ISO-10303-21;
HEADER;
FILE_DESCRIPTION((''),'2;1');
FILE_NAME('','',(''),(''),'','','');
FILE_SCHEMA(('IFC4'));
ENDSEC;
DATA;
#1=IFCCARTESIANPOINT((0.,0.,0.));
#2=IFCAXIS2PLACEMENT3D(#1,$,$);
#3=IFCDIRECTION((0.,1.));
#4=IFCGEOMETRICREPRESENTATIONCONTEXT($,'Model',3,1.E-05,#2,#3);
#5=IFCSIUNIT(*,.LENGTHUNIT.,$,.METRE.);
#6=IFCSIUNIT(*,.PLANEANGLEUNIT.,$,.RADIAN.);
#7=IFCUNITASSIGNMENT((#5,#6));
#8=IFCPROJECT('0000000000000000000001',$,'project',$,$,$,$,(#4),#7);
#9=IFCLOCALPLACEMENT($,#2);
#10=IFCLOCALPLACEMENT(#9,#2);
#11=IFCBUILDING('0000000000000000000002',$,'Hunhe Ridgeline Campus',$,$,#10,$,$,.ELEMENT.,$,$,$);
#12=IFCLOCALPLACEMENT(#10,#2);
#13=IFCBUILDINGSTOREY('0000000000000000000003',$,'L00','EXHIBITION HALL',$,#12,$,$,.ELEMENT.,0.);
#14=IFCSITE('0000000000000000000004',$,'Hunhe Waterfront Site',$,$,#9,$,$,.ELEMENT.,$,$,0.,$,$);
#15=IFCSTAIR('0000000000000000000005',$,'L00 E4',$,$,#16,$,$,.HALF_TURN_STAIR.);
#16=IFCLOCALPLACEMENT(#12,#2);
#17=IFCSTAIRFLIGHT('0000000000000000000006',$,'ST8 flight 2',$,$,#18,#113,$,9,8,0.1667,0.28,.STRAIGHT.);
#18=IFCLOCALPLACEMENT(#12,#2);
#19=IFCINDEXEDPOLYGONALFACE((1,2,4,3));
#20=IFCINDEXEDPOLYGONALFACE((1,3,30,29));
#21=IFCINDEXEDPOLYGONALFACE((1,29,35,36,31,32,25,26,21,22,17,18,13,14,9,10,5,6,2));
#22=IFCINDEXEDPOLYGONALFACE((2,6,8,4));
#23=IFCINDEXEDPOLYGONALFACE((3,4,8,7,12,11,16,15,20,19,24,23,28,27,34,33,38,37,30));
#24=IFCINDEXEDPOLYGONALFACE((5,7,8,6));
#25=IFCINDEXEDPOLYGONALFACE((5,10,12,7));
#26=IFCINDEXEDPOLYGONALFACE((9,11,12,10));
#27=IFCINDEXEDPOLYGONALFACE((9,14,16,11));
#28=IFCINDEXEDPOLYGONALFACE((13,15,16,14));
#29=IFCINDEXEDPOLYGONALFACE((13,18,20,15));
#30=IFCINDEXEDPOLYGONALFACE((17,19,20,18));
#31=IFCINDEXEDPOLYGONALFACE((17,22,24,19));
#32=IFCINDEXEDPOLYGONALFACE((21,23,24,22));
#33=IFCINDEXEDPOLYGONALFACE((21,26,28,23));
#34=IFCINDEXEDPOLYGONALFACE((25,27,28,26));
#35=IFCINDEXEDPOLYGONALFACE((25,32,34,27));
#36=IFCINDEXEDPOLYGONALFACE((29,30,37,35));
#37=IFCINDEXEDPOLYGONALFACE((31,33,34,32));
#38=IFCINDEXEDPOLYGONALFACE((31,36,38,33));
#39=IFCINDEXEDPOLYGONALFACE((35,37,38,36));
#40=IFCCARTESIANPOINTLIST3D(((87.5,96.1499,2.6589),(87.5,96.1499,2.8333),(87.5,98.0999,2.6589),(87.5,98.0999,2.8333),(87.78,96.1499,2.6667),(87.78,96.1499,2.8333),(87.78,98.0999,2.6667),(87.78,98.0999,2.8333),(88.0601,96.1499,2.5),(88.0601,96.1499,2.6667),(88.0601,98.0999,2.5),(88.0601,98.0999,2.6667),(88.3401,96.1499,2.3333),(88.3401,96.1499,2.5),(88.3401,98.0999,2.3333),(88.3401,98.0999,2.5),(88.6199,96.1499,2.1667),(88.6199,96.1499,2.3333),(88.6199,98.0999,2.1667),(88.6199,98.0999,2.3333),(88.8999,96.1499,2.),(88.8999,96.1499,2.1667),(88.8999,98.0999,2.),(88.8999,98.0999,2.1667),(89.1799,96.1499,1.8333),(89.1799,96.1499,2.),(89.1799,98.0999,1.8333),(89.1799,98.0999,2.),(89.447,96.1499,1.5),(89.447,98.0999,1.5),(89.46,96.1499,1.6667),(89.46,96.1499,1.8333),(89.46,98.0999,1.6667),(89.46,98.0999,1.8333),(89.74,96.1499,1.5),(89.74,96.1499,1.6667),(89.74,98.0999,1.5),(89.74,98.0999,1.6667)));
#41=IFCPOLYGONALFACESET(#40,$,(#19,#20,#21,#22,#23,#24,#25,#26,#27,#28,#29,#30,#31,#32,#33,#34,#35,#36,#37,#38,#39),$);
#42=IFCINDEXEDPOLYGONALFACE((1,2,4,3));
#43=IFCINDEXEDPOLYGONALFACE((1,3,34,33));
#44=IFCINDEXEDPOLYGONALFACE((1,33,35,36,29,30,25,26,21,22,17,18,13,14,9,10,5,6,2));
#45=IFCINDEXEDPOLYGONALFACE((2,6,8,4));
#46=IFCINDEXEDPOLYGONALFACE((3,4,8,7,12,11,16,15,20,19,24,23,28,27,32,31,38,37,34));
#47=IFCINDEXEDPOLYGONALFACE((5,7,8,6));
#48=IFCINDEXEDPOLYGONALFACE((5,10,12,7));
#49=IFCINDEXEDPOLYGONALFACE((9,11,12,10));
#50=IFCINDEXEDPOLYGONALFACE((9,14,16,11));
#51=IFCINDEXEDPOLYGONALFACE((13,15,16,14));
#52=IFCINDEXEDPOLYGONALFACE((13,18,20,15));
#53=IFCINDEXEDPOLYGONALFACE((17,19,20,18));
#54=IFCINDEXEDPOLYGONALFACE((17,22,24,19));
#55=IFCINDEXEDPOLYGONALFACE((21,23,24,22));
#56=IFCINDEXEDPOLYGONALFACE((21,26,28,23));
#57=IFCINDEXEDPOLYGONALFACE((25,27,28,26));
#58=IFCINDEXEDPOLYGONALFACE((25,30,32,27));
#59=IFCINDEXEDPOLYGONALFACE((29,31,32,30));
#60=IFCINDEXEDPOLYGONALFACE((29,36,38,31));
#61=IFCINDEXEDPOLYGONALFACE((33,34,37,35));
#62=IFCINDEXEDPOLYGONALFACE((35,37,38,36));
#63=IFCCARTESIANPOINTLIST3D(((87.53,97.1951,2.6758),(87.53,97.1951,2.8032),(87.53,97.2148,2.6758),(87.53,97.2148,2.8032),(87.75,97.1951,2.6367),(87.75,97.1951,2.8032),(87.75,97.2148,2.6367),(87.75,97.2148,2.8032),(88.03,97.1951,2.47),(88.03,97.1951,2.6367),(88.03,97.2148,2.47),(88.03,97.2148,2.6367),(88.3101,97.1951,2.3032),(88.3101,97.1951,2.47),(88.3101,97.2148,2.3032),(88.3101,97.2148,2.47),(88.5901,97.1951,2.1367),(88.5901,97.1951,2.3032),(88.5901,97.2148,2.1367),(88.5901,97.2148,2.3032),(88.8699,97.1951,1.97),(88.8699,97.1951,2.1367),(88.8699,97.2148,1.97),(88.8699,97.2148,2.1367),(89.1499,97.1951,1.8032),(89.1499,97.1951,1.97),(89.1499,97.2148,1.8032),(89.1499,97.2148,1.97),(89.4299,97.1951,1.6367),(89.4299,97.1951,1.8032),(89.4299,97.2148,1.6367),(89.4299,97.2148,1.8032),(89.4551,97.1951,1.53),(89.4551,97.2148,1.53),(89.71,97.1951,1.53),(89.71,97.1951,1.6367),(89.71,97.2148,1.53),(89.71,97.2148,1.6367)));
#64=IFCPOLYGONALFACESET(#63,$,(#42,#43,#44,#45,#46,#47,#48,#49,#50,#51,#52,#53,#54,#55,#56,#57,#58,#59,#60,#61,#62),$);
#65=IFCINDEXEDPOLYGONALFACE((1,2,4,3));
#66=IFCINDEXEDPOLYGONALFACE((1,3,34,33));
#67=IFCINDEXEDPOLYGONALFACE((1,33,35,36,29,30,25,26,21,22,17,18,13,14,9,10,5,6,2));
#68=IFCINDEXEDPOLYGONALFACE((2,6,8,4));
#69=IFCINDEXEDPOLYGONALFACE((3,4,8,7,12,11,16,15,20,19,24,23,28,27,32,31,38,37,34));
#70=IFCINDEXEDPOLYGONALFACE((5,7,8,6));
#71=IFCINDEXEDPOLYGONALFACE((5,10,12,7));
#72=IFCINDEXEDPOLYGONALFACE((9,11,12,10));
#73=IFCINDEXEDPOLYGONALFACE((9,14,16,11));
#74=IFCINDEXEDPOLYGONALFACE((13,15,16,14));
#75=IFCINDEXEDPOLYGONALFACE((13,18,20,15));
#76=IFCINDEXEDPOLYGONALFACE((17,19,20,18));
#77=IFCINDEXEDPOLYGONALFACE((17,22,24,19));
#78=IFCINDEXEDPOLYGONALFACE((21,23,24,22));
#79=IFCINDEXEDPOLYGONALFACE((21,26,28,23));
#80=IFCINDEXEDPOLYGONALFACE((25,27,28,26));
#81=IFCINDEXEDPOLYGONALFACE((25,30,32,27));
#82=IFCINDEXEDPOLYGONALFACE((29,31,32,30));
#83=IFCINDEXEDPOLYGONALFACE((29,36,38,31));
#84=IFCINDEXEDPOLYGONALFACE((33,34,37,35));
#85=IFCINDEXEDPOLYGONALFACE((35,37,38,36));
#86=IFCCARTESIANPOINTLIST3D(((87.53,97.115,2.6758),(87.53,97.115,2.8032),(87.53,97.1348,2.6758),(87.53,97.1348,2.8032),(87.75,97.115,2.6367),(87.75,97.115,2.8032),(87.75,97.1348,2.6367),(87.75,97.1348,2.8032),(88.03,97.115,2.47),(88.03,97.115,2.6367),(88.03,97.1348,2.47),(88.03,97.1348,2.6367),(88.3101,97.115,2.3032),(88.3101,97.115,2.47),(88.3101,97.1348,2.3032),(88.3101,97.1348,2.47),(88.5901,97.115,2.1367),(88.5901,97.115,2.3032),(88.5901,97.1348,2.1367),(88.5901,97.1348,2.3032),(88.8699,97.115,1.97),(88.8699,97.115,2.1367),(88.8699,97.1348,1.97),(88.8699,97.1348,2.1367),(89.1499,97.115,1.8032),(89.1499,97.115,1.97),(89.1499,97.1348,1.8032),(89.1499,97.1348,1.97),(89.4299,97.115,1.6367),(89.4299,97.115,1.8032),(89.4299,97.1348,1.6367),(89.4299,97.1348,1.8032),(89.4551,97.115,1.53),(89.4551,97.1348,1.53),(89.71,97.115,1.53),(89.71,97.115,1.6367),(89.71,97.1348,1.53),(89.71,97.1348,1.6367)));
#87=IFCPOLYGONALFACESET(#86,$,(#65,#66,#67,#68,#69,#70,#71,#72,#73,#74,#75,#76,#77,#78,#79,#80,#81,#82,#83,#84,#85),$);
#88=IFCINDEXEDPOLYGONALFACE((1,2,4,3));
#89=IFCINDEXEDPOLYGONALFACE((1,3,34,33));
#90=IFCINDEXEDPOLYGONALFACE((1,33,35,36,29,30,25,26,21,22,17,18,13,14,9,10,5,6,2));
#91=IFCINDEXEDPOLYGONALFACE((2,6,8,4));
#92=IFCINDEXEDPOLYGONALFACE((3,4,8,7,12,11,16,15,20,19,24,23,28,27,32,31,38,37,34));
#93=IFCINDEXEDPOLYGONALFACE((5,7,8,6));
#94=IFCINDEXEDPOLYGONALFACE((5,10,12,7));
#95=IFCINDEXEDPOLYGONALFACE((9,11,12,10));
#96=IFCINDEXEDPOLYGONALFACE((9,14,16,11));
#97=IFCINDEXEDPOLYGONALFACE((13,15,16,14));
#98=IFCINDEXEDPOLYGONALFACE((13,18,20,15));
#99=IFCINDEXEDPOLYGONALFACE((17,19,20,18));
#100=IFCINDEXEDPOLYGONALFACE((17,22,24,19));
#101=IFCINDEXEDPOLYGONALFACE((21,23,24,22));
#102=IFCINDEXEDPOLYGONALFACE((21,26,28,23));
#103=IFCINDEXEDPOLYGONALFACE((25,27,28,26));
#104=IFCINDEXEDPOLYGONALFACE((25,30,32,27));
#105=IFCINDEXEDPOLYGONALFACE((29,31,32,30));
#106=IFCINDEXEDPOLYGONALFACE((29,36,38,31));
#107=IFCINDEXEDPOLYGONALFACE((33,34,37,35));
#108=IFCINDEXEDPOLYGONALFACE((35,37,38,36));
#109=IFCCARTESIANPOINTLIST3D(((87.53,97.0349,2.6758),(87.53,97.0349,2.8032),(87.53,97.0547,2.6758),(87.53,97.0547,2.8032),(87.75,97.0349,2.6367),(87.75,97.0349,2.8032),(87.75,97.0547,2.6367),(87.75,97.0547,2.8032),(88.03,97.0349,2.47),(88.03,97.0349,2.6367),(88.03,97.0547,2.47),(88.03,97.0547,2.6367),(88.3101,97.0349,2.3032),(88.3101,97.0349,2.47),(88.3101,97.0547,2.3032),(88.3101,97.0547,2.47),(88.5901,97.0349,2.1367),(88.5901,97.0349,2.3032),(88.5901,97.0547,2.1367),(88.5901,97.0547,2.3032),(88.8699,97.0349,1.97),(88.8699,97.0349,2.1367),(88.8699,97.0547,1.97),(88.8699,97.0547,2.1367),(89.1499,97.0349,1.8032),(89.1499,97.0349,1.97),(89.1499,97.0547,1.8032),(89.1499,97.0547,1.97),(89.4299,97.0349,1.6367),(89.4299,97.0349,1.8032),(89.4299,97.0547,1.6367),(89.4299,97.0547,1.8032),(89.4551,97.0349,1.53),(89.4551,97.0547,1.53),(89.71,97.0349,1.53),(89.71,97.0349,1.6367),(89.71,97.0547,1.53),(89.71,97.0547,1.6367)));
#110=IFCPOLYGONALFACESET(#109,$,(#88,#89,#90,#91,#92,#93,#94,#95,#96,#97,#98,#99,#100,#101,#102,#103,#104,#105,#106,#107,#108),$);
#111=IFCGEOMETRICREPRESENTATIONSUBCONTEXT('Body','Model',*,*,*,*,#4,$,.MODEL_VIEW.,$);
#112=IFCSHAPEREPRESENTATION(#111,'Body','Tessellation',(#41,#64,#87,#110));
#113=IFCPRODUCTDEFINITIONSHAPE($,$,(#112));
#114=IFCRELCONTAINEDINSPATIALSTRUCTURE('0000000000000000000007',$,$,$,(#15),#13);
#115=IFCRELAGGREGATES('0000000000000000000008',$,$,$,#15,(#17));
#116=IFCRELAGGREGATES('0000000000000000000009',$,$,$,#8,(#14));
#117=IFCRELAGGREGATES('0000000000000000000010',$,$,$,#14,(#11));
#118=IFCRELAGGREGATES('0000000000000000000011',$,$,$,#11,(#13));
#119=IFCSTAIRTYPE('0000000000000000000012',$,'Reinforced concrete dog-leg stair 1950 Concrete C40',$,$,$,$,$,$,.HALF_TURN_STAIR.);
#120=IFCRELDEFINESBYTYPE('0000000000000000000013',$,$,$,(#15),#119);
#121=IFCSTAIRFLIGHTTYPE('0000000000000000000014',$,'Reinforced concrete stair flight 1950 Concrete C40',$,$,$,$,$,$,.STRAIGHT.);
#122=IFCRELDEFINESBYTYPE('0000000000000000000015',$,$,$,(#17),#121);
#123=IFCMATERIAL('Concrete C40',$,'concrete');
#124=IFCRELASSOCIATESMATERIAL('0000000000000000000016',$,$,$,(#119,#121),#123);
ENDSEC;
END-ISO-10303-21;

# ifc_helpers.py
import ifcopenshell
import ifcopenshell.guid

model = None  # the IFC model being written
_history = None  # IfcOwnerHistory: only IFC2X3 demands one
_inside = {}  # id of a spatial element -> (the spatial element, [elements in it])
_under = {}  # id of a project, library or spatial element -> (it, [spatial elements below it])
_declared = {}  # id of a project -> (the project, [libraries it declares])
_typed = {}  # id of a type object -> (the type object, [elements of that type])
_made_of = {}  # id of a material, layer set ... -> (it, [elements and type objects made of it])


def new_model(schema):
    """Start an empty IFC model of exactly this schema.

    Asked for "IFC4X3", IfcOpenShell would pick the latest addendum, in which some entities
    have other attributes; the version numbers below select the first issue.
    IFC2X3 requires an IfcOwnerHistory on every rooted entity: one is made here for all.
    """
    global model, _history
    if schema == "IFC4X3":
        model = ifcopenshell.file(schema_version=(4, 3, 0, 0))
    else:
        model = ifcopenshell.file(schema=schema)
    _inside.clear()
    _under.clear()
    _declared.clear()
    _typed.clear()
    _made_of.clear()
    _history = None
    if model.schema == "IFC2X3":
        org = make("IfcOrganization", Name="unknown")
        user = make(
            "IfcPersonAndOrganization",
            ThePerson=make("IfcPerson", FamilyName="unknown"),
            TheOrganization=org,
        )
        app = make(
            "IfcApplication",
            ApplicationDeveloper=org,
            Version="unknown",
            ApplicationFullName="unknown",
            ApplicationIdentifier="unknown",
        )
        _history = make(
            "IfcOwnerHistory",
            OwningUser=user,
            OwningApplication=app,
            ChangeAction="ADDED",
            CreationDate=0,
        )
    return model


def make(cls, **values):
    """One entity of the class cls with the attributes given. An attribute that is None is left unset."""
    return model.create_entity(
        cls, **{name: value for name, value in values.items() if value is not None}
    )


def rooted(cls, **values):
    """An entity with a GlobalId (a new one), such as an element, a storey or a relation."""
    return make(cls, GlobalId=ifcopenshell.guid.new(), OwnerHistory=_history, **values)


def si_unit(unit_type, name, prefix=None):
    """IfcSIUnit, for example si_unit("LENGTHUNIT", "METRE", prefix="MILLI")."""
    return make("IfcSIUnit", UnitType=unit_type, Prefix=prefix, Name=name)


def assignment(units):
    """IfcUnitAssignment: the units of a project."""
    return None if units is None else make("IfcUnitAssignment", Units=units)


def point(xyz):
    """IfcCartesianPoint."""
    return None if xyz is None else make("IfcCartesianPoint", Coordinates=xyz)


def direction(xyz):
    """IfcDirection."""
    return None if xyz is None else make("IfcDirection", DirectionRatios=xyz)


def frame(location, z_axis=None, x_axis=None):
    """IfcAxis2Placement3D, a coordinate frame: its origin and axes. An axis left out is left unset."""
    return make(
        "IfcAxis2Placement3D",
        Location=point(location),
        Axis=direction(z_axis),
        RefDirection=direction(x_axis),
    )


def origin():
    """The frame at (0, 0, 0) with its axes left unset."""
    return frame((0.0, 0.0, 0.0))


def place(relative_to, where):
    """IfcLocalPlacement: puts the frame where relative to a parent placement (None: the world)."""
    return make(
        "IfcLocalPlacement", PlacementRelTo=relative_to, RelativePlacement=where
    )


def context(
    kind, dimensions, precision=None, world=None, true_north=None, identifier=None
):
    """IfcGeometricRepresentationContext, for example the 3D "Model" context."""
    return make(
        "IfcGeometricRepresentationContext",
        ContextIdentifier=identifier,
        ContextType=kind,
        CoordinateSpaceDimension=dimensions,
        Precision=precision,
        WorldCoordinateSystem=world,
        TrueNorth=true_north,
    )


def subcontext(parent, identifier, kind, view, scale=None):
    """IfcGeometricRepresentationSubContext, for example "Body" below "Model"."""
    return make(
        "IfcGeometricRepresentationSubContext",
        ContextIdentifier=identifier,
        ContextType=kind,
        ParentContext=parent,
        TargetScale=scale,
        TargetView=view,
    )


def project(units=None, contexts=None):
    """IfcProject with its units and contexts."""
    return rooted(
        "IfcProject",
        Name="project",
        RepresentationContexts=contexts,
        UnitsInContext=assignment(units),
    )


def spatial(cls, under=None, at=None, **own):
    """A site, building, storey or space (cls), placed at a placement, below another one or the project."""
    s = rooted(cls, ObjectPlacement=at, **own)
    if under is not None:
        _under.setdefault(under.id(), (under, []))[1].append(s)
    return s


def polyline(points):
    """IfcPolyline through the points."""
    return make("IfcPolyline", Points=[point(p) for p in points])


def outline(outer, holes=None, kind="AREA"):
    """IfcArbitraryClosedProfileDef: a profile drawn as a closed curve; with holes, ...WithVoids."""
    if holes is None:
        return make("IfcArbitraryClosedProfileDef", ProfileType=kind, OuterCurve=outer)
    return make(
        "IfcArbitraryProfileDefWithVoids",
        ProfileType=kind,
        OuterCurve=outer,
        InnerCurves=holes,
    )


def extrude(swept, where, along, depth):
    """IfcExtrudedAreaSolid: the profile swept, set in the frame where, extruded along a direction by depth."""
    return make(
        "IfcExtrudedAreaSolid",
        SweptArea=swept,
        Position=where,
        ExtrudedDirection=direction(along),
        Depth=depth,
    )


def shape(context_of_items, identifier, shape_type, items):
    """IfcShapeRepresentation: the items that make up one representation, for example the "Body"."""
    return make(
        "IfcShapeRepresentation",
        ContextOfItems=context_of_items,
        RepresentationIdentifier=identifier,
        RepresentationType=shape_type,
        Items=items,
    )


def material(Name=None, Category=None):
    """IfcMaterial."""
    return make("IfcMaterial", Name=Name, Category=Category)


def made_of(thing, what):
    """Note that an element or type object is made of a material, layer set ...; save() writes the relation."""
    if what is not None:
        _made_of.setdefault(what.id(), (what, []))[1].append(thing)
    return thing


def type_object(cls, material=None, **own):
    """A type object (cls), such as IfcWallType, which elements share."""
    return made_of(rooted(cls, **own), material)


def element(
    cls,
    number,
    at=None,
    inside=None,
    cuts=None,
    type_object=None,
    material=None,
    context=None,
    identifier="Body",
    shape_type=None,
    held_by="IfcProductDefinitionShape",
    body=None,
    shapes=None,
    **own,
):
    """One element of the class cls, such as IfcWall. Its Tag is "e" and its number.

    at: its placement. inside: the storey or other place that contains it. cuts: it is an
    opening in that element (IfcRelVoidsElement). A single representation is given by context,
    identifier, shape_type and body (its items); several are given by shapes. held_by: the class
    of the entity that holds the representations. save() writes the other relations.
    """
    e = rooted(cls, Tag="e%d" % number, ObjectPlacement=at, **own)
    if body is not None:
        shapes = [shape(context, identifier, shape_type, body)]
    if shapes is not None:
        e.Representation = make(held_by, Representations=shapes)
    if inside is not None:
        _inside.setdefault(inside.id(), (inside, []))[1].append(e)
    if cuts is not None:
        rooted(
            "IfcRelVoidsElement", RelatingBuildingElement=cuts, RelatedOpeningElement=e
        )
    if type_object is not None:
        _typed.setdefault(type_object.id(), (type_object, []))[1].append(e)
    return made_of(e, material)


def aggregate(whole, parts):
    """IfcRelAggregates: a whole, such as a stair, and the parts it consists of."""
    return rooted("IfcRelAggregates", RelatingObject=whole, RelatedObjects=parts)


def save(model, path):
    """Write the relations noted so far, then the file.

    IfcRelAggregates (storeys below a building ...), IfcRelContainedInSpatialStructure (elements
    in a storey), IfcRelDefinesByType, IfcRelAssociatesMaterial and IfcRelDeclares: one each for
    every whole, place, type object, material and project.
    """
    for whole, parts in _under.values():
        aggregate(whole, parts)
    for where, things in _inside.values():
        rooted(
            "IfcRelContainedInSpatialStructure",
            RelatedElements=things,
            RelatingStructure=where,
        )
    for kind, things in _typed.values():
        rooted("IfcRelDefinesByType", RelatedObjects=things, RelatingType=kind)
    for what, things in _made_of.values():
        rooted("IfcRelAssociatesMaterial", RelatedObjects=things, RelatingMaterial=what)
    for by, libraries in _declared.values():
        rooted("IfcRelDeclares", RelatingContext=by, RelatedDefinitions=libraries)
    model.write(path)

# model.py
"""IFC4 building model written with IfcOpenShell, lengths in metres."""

from ifc_helpers import new_model, si_unit, direction, frame, origin, place, context, subcontext, project, spatial, polyline, outline, extrude, material, type_object, element, aggregate, save


model = new_model("IFC4")

# Units and contexts
model_context = context("Model", 3, precision=1e-05, world=origin(), true_north=direction((0.0, 1.0)))
body_context = subcontext(model_context, "Body", "Model", "MODEL_VIEW")
ifc_project = project(units=[si_unit("LENGTHUNIT", "METRE"), si_unit("PLANEANGLEUNIT", "RADIAN")], contexts=[model_context])

# Site, building, storey
site_placement = place(None, origin())
site = spatial("IfcSite", under=ifc_project, at=site_placement, Name="Hunhe Waterfront Site", CompositionType="ELEMENT", RefElevation=0.0)
building_placement = place(site_placement, origin())
building = spatial("IfcBuilding", under=site, at=building_placement, Name="Hunhe Ridgeline Campus", CompositionType="ELEMENT")
storey_placement = place(building_placement, origin())
storey = spatial("IfcBuildingStorey", under=building, at=storey_placement, Name="L00", Description="EXHIBITION HALL", CompositionType="ELEMENT", Elevation=0.0)

# Stair, stair flight
ifc_material_1 = material(Name="Concrete C40", Category="concrete")
stair_type = type_object("IfcStairType", Name="Reinforced concrete dog-leg stair 1950 Concrete C40", PredefinedType="HALF_TURN_STAIR", material=ifc_material_1)
stair_placement = place(storey_placement, origin())
stair = element("IfcStair", 1, at=stair_placement, inside=storey, type_object=stair_type, Name="L00 E4", PredefinedType="HALF_TURN_STAIR")
stair_flight_type = type_object("IfcStairFlightType", Name="Reinforced concrete stair flight 1950 Concrete C40", PredefinedType="STRAIGHT", material=ifc_material_1)
stair_flight_1_placement = place(storey_placement, frame((89.74, 97.125, 1.5), z_axis=(0.0, 0.0, 1.0), x_axis=(-1.0, 0.0, 0.0)))
stair_flight_1 = element("IfcStairFlight", 2, at=stair_flight_1_placement, type_object=stair_flight_type, Name="ST8 flight 2", NumberOfRisers=9, NumberOfTreads=8, PredefinedType="STRAIGHT", RiserHeight=0.1667, TreadLength=0.28, context=body_context, shape_type="SweptSolid", body=[
    extrude(outline(polyline([(0.0, 0.0), (0.0, 0.1667), (0.28, 0.1667), (0.28, 0.3333), (0.5601, 0.3333), (0.5601, 0.5), (0.8401, 0.5), (0.8401, 0.6667), (1.1201, 0.6667), (1.1201, 0.8333), (1.3999, 0.8333), (1.3999, 1.0), (1.6799, 1.0), (1.6799, 1.1667), (1.96, 1.1667), (1.96, 1.3333), (2.24, 1.3333), (2.24, 1.5), (2.24, 1.1589), (0.293, 0.0), (0.0, 0.0)])), frame((0.0, 0.9751, 0.0), z_axis=(0.0, -1.0, 0.0), x_axis=(1.0, 0.0, 0.0)), (0.0, 0.0, 1.0), 1.95),
    extrude(outline(polyline([(0.03, 0.03), (0.03, 0.1367), (0.3101, 0.1367), (0.3101, 0.3032), (0.5901, 0.3032), (0.5901, 0.47), (0.8701, 0.47), (0.8701, 0.6367), (1.1499, 0.6367), (1.1499, 0.8032), (1.4299, 0.8032), (1.4299, 0.97), (1.71, 0.97), (1.71, 1.1367), (1.99, 1.1367), (1.99, 1.3032), (2.21, 1.3032), (2.21, 1.1758), (0.2849, 0.03), (0.03, 0.03)])), frame((0.0, -0.0701, 0.0), z_axis=(0.0, -1.0, 0.0), x_axis=(1.0, 0.0, 0.0)), (0.0, 0.0, 1.0), 0.0198),
    extrude(outline(polyline([(0.03, 0.03), (0.03, 0.1367), (0.3101, 0.1367), (0.3101, 0.3032), (0.5901, 0.3032), (0.5901, 0.47), (0.8701, 0.47), (0.8701, 0.6367), (1.1499, 0.6367), (1.1499, 0.8032), (1.4299, 0.8032), (1.4299, 0.97), (1.71, 0.97), (1.71, 1.1367), (1.99, 1.1367), (1.99, 1.3032), (2.21, 1.3032), (2.21, 1.1758), (0.2849, 0.03), (0.03, 0.03)])), frame((0.0, 0.01, 0.0), z_axis=(0.0, -1.0, 0.0), x_axis=(1.0, 0.0, 0.0)), (0.0, 0.0, 1.0), 0.0198),
    extrude(outline(polyline([(0.03, 0.03), (0.03, 0.1367), (0.3101, 0.1367), (0.3101, 0.3032), (0.5901, 0.3032), (0.5901, 0.47), (0.8701, 0.47), (0.8701, 0.6367), (1.1499, 0.6367), (1.1499, 0.8032), (1.4299, 0.8032), (1.4299, 0.97), (1.71, 0.97), (1.71, 1.1367), (1.99, 1.1367), (1.99, 1.3032), (2.21, 1.3032), (2.21, 1.1758), (0.2849, 0.03), (0.03, 0.03)])), frame((0.0, 0.0901, 0.0), z_axis=(0.0, -1.0, 0.0), x_axis=(1.0, 0.0, 0.0)), (0.0, 0.0, 1.0), 0.0198),
])
aggregate(stair, [stair_flight_1])

save(model, "model.ifc")
